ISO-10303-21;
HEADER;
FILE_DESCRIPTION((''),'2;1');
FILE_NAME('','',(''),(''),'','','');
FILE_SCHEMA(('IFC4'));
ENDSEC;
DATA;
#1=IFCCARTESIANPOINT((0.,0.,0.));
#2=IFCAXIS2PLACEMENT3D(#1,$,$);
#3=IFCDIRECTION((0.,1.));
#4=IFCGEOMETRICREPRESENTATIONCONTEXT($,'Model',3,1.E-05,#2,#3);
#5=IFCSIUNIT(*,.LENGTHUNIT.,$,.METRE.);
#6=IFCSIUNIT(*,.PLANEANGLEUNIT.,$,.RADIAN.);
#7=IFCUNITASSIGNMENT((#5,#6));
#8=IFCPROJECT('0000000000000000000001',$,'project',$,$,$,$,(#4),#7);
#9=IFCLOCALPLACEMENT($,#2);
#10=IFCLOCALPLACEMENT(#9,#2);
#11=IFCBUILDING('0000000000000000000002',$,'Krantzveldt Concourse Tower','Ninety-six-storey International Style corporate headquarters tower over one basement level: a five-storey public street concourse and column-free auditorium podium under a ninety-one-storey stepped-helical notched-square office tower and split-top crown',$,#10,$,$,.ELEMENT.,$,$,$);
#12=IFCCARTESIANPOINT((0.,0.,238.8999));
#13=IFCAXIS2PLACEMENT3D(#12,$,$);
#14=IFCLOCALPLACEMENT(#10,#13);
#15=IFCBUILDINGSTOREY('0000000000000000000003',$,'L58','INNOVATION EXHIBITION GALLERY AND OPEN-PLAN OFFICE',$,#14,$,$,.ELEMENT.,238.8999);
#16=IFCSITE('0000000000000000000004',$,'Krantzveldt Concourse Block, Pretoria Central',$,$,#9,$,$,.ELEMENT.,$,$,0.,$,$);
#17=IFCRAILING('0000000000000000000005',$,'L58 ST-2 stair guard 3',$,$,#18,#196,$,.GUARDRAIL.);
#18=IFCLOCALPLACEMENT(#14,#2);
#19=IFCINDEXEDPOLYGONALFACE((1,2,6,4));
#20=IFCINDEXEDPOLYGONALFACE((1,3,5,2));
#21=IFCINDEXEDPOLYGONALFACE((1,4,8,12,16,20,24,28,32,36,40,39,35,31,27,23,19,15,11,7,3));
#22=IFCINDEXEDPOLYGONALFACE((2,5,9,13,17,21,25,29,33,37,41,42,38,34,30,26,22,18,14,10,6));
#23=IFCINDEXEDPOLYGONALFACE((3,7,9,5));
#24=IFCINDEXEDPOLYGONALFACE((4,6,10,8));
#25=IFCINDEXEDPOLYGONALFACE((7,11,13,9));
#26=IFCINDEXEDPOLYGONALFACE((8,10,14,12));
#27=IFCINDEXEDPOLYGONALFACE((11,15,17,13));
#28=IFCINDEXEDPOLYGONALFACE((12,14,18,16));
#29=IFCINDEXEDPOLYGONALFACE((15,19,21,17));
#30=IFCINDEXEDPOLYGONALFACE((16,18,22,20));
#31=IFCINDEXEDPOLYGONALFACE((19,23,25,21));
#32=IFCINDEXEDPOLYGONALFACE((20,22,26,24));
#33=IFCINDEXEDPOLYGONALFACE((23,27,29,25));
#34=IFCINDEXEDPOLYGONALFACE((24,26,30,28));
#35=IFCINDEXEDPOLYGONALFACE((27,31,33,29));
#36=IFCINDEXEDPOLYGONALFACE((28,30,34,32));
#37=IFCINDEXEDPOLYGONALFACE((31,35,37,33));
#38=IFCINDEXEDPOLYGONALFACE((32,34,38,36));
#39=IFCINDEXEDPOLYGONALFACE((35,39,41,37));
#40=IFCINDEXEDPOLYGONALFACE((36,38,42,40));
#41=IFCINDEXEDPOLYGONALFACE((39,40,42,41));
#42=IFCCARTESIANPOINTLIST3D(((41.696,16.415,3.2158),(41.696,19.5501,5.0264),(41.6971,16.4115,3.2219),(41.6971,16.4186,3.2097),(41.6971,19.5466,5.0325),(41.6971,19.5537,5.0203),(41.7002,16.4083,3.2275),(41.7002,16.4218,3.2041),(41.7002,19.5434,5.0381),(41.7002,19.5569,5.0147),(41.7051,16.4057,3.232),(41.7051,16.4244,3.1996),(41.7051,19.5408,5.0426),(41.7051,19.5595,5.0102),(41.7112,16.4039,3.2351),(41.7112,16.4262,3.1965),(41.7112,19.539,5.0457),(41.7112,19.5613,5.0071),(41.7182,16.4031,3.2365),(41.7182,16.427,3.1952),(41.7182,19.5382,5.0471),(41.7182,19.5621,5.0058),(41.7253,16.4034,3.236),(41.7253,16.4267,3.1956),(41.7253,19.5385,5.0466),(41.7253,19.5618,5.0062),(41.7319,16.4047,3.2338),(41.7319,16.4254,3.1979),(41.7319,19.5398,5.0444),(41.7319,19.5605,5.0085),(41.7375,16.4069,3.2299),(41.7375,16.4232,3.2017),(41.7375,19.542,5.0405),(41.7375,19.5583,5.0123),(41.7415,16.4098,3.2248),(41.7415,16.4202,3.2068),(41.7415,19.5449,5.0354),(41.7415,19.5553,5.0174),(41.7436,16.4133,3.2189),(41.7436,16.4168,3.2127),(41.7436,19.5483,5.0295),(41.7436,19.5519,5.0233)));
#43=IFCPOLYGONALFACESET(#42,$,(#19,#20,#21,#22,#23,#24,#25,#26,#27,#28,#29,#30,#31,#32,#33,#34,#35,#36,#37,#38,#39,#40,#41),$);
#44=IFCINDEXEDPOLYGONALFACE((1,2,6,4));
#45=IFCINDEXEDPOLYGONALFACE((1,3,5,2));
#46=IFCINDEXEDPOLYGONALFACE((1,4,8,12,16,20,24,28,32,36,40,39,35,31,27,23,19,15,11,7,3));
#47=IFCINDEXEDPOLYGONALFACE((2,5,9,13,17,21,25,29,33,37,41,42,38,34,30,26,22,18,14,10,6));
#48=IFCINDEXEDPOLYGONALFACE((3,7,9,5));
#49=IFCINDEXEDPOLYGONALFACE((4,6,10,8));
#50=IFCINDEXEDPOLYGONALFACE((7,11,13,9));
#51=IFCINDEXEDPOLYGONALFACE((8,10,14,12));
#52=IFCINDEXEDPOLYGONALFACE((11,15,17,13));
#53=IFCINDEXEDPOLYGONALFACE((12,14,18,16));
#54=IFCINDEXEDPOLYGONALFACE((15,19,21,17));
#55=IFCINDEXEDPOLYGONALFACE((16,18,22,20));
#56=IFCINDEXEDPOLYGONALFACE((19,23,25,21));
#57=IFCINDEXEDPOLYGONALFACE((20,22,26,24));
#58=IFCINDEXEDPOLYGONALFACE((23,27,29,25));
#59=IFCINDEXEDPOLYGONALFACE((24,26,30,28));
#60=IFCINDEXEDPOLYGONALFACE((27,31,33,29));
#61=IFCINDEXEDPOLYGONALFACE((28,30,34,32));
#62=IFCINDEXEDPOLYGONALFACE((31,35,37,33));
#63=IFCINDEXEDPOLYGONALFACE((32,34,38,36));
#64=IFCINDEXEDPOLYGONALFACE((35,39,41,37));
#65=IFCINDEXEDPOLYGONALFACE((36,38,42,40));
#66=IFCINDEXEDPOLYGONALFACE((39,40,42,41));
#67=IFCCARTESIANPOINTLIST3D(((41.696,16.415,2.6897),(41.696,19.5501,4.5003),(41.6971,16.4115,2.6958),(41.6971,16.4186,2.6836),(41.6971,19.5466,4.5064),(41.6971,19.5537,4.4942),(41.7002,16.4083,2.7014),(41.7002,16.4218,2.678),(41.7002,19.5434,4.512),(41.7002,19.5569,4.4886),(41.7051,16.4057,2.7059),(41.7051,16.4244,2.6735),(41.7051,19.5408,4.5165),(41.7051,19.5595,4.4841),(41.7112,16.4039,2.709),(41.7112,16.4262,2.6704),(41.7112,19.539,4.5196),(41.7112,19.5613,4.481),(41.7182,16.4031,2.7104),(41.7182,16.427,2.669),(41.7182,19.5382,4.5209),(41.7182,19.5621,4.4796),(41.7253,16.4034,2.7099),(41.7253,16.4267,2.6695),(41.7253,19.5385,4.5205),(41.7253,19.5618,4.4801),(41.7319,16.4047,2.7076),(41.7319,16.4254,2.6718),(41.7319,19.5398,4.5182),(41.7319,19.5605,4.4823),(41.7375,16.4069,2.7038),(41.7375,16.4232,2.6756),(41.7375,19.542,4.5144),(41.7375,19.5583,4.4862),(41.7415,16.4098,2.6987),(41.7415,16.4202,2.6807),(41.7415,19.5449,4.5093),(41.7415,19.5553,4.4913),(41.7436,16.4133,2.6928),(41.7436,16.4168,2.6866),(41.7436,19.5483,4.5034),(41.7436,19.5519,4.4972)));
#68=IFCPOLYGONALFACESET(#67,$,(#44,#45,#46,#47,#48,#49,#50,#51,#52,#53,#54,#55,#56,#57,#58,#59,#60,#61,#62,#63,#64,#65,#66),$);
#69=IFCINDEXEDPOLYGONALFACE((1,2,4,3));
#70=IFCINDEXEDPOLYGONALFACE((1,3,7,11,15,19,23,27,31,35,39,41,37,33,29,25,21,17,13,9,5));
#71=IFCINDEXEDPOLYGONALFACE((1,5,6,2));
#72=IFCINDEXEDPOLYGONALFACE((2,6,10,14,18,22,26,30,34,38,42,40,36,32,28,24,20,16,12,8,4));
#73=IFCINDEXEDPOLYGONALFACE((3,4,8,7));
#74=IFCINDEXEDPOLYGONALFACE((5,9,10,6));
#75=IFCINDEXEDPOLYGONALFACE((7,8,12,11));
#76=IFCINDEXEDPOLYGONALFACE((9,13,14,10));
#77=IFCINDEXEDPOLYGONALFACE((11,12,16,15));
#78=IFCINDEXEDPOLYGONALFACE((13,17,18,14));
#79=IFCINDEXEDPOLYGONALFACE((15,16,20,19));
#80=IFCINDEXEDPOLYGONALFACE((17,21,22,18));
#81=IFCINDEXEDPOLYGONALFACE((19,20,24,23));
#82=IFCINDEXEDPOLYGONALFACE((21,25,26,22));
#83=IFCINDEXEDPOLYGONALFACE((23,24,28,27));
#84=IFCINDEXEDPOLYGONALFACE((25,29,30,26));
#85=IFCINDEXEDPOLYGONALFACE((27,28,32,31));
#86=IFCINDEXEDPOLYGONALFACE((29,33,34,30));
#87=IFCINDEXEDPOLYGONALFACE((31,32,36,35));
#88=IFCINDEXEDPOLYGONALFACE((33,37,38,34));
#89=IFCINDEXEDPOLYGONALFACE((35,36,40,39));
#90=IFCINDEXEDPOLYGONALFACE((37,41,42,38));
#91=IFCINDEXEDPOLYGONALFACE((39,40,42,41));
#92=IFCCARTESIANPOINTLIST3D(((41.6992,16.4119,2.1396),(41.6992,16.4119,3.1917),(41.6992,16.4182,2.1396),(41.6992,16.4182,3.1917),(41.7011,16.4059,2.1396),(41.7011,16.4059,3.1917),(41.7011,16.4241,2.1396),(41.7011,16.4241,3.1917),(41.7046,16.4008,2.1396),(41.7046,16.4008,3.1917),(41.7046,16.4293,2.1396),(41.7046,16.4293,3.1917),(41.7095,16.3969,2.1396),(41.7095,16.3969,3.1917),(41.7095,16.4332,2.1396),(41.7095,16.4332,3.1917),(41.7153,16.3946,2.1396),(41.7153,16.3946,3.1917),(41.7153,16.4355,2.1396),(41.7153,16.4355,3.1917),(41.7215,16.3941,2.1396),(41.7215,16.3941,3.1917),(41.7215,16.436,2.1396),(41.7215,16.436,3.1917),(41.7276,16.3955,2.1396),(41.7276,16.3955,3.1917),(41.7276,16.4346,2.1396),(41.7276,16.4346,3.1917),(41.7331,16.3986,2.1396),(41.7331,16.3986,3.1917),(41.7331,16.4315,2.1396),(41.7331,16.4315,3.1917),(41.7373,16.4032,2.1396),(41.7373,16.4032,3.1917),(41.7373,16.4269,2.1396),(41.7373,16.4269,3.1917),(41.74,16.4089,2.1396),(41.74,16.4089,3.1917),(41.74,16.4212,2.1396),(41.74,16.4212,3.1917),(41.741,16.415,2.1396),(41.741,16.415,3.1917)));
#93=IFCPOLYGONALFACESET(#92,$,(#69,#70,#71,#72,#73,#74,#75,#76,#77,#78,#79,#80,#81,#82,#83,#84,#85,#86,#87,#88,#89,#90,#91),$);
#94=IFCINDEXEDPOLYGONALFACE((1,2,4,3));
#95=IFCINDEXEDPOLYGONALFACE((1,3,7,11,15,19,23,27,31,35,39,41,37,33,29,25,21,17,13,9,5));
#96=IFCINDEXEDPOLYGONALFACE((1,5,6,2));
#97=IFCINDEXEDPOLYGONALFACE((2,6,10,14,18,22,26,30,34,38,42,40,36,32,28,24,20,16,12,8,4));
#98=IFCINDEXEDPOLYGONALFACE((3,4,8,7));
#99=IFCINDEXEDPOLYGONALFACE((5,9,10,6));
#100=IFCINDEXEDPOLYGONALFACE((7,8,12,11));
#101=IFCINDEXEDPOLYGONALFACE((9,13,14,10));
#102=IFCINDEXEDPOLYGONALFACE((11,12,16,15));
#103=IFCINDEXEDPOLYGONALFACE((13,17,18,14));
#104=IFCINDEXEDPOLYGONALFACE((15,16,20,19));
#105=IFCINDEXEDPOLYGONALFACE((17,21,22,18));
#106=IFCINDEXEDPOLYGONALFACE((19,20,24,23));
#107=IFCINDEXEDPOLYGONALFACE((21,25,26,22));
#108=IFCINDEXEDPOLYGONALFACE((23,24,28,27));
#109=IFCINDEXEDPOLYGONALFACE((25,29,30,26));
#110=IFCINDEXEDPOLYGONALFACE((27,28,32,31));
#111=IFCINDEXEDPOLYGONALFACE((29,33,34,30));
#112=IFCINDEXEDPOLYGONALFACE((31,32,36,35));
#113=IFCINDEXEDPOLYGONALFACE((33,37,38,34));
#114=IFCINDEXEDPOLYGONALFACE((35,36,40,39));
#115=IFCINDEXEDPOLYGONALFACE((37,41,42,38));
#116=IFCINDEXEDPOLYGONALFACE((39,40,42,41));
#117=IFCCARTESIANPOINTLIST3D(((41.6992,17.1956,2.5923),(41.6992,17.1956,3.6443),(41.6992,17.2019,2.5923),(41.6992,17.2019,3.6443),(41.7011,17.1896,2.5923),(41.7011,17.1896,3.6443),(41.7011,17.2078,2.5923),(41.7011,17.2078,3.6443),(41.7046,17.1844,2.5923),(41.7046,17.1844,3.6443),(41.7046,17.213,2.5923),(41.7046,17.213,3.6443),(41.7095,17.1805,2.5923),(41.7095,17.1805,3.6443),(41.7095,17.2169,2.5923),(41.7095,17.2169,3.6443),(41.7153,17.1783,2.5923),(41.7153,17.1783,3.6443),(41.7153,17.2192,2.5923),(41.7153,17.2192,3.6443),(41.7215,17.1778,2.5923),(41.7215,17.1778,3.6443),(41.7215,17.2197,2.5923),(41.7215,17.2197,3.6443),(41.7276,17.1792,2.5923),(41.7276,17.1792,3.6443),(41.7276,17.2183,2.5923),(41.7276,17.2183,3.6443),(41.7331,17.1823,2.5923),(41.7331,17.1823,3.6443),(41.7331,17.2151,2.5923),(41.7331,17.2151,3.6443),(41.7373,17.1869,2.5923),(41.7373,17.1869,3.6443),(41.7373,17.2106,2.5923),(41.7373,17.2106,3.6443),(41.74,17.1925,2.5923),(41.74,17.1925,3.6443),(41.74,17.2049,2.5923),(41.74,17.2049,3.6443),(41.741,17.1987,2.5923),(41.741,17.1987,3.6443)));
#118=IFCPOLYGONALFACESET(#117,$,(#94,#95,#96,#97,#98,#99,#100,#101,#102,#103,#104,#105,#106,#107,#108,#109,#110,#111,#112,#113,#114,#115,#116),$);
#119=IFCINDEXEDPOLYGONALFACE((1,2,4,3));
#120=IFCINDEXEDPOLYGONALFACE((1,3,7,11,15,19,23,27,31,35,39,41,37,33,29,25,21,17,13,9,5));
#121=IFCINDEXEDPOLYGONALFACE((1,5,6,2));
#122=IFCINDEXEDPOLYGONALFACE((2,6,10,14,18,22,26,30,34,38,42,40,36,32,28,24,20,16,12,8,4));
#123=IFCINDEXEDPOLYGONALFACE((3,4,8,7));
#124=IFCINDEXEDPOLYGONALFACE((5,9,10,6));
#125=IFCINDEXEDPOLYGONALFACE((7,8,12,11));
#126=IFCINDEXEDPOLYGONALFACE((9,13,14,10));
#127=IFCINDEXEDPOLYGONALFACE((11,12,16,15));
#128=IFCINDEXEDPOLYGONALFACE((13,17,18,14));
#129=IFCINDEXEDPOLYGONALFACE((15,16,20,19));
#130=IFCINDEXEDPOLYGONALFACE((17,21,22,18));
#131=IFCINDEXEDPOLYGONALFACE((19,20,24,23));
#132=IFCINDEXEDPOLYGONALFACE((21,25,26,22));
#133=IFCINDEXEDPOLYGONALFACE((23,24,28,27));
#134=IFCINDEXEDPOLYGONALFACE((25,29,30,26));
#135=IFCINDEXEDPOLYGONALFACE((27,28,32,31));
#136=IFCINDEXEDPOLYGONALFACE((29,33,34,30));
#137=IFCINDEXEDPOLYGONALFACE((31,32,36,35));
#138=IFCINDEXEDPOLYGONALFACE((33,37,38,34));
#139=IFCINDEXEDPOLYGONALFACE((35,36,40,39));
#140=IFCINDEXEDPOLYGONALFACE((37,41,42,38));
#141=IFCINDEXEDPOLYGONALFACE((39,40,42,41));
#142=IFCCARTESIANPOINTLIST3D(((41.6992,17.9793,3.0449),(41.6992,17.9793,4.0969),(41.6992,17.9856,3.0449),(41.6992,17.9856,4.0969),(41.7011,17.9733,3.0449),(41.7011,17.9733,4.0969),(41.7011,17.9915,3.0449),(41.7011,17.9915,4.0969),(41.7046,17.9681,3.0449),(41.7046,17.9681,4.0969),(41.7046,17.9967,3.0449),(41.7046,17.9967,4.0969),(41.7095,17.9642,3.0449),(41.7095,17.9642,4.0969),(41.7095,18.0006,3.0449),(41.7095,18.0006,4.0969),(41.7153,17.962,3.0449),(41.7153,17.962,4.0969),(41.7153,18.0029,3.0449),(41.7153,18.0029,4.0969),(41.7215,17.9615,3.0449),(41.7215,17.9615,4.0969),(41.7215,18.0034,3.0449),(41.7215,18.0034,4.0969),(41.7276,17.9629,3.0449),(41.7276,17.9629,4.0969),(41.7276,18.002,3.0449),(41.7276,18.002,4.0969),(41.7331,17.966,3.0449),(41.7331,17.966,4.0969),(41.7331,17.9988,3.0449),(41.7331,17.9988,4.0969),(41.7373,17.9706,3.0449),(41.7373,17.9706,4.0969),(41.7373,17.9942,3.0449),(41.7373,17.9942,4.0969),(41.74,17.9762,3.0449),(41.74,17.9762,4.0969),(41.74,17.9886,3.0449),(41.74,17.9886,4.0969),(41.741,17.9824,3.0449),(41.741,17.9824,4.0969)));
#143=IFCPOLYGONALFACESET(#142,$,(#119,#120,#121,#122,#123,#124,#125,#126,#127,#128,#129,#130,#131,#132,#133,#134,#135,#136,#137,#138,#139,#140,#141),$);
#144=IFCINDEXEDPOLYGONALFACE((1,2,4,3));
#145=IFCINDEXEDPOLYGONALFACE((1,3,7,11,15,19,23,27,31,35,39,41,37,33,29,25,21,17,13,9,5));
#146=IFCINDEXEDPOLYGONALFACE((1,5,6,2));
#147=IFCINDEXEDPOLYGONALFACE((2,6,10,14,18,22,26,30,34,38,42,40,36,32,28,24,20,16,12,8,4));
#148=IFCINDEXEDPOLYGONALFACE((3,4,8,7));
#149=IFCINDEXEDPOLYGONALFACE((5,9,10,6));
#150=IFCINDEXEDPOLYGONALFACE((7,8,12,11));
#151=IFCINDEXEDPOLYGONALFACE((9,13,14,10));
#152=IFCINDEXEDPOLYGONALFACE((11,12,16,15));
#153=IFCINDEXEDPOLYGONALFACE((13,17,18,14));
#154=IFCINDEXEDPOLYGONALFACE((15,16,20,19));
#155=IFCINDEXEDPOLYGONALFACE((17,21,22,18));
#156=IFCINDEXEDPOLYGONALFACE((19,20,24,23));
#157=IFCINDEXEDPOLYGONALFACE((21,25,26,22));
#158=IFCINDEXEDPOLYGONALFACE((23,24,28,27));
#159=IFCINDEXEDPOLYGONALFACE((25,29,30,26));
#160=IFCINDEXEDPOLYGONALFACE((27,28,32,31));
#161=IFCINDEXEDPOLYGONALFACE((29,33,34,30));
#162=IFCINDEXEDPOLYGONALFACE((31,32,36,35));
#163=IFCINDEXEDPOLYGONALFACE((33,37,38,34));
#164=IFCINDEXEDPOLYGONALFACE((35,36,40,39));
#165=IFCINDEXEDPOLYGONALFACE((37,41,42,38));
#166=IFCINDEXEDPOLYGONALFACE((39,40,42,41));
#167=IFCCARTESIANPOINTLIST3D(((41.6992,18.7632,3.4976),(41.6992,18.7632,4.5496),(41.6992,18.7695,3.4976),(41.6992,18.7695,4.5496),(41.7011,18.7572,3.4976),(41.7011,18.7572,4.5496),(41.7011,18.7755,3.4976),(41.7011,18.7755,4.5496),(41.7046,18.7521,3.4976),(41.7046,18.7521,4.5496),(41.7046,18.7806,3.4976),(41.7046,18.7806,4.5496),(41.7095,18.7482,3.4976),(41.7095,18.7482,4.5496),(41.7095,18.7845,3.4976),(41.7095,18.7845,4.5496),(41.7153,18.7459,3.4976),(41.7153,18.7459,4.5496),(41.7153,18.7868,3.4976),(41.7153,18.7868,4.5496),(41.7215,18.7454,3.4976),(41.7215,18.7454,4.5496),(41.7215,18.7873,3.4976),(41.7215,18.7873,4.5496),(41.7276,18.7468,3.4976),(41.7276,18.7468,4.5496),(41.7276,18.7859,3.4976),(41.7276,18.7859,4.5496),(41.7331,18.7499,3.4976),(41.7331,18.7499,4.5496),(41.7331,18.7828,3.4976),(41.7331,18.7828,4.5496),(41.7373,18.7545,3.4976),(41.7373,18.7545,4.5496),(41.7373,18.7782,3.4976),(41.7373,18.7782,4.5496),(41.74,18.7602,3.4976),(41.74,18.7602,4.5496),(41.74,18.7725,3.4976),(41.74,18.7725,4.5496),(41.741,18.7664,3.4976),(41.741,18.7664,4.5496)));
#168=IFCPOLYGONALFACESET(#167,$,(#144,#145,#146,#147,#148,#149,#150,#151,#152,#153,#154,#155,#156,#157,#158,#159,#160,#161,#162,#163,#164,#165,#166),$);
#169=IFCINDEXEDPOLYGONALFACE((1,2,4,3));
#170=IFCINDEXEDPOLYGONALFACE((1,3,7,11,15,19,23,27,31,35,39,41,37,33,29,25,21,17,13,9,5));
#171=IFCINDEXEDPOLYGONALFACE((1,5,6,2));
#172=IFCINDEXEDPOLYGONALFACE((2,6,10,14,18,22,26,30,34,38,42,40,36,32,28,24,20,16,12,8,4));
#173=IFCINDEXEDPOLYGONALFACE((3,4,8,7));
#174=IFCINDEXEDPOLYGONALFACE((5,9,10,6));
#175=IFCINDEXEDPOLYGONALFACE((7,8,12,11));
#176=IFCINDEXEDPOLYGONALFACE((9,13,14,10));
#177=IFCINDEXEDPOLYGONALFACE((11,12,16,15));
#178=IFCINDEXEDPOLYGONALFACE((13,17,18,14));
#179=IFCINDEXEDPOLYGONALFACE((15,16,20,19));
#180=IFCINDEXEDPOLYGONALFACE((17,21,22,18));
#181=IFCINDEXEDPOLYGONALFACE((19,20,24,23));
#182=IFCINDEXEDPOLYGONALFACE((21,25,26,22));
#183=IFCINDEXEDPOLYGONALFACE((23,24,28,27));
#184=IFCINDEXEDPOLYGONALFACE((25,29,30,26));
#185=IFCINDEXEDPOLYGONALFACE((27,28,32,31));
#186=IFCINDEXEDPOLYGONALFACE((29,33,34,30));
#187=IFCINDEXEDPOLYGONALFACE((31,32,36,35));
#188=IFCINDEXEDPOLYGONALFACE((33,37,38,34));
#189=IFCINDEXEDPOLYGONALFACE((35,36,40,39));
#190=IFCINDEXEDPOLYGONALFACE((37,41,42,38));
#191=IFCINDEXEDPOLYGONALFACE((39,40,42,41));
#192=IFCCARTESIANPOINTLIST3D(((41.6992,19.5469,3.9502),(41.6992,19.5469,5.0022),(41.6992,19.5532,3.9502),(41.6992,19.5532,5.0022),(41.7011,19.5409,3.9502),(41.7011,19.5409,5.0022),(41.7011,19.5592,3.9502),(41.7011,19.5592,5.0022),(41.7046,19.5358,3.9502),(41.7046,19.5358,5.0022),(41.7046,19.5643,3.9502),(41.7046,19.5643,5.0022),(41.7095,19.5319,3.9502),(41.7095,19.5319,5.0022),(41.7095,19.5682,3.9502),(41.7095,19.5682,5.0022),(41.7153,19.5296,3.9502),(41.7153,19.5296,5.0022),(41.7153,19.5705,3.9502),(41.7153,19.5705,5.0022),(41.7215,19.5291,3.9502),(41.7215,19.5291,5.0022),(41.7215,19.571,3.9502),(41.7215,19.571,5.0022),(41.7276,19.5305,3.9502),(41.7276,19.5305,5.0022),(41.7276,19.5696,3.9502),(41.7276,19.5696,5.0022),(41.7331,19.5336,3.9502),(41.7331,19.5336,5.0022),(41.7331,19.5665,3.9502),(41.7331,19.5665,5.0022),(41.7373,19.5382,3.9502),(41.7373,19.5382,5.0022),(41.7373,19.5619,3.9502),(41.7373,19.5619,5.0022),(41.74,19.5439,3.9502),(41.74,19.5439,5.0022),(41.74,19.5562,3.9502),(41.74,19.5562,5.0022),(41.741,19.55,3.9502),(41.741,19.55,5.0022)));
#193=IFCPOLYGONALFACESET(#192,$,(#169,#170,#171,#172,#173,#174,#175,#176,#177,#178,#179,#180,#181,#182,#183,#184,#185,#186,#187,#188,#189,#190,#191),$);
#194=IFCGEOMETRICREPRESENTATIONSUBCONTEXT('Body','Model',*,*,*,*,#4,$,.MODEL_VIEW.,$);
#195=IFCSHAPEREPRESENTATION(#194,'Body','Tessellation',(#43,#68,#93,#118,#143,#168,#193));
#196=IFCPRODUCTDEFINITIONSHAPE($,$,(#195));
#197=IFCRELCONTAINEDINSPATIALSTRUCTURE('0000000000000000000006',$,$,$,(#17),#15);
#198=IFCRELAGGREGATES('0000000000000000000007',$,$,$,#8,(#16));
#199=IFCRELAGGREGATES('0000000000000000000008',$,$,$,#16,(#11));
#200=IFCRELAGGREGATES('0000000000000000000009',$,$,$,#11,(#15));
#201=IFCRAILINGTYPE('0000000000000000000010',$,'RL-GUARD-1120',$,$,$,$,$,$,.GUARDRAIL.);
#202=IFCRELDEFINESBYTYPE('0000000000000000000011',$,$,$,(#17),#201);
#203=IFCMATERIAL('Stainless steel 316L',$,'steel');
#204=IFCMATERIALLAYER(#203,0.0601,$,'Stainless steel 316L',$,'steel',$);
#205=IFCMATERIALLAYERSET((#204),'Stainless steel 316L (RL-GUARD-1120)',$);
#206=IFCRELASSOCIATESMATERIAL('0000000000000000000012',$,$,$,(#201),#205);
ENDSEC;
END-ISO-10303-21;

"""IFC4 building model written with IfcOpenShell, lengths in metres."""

from ifc_helpers import new_model, si_unit, direction, frame, origin, origin_2d, place, context, subcontext, project, spatial, circle, extrude, material, layer, layer_set, type_object, element, save


model = new_model("IFC4")

# Units and contexts
model_context = context("Model", 3, precision=1e-05, world=origin(), true_north=direction((0.0, 1.0)))
body_context = subcontext(model_context, "Body", "Model", "MODEL_VIEW")
ifc_project = project(units=[si_unit("LENGTHUNIT", "METRE"), si_unit("PLANEANGLEUNIT", "RADIAN")], contexts=[model_context])

# Site, building, storey
site_placement = place(None, origin())
site = spatial("IfcSite", under=ifc_project, at=site_placement, Name="Krantzveldt Concourse Block, Pretoria Central", CompositionType="ELEMENT", RefElevation=0.0)
building_placement = place(site_placement, origin())
building = spatial("IfcBuilding", under=site, at=building_placement, Name="Krantzveldt Concourse Tower", Description="Ninety-six-storey International Style corporate headquarters tower over one basement level: a five-storey public street concourse and column-free auditorium podium under a ninety-one-storey stepped-helical notched-square office tower and split-top crown", CompositionType="ELEMENT")
storey_placement = place(building_placement, frame((0.0, 0.0, 238.8999)))
storey = spatial("IfcBuildingStorey", under=building, at=storey_placement, Name="L58", Description="INNOVATION EXHIBITION GALLERY AND OPEN-PLAN OFFICE", CompositionType="ELEMENT", Elevation=238.8999)

# Shared definitions
ifc_material_1 = material(Name="Stainless steel 316L", Category="steel")

# Railing
ifc_layer_1 = layer(ifc_material_1, 0.0601, Name="Stainless steel 316L", Category="steel")
ifc_layer_set_1 = layer_set([ifc_layer_1], Name="Stainless steel 316L (RL-GUARD-1120)")
railing_type_1 = type_object("IfcRailingType", Name="RL-GUARD-1120", PredefinedType="GUARDRAIL", material=ifc_layer_set_1)
railing_1_placement = place(storey_placement, frame((41.72, 16.415, 2.1396)))
element("IfcRailing", 1, at=railing_1_placement, inside=storey, type_object=railing_type_1, Name="L58 ST-2 stair guard 3", PredefinedType="GUARDRAIL", context=body_context, shape_type="SweptSolid", body=[
    extrude(circle(Radius=0.0239, at=origin_2d()), frame((0.0, 0.0, 1.0762), z_axis=(0.0, 0.86596, 0.500114), x_axis=(-1.0, 0.0, 0.0)), (0.0, 0.0, 1.0), 3.6204),
    extrude(circle(Radius=0.0239, at=origin_2d()), frame((0.0, 0.0, 0.55), z_axis=(0.0, 0.86596, 0.500114), x_axis=(-1.0, 0.0, 0.0)), (0.0, 0.0, 1.0), 3.6204),
    extrude(circle(Radius=0.021, at=origin_2d()), origin(), (0.0, 0.0, 1.0), 1.052),
    extrude(circle(Radius=0.021, at=origin_2d()), frame((0.0, 0.7837, 0.4526)), (0.0, 0.0, 1.0), 1.052),
    extrude(circle(Radius=0.021, at=origin_2d()), frame((0.0, 1.5674, 0.9053)), (0.0, 0.0, 1.0), 1.052),
    extrude(circle(Radius=0.021, at=origin_2d()), frame((0.0, 2.3513, 1.3579)), (0.0, 0.0, 1.0), 1.052),
    extrude(circle(Radius=0.021, at=origin_2d()), frame((0.0, 3.135, 1.8105)), (0.0, 0.0, 1.0), 1.052),
])

save(model, "model.ifc")
